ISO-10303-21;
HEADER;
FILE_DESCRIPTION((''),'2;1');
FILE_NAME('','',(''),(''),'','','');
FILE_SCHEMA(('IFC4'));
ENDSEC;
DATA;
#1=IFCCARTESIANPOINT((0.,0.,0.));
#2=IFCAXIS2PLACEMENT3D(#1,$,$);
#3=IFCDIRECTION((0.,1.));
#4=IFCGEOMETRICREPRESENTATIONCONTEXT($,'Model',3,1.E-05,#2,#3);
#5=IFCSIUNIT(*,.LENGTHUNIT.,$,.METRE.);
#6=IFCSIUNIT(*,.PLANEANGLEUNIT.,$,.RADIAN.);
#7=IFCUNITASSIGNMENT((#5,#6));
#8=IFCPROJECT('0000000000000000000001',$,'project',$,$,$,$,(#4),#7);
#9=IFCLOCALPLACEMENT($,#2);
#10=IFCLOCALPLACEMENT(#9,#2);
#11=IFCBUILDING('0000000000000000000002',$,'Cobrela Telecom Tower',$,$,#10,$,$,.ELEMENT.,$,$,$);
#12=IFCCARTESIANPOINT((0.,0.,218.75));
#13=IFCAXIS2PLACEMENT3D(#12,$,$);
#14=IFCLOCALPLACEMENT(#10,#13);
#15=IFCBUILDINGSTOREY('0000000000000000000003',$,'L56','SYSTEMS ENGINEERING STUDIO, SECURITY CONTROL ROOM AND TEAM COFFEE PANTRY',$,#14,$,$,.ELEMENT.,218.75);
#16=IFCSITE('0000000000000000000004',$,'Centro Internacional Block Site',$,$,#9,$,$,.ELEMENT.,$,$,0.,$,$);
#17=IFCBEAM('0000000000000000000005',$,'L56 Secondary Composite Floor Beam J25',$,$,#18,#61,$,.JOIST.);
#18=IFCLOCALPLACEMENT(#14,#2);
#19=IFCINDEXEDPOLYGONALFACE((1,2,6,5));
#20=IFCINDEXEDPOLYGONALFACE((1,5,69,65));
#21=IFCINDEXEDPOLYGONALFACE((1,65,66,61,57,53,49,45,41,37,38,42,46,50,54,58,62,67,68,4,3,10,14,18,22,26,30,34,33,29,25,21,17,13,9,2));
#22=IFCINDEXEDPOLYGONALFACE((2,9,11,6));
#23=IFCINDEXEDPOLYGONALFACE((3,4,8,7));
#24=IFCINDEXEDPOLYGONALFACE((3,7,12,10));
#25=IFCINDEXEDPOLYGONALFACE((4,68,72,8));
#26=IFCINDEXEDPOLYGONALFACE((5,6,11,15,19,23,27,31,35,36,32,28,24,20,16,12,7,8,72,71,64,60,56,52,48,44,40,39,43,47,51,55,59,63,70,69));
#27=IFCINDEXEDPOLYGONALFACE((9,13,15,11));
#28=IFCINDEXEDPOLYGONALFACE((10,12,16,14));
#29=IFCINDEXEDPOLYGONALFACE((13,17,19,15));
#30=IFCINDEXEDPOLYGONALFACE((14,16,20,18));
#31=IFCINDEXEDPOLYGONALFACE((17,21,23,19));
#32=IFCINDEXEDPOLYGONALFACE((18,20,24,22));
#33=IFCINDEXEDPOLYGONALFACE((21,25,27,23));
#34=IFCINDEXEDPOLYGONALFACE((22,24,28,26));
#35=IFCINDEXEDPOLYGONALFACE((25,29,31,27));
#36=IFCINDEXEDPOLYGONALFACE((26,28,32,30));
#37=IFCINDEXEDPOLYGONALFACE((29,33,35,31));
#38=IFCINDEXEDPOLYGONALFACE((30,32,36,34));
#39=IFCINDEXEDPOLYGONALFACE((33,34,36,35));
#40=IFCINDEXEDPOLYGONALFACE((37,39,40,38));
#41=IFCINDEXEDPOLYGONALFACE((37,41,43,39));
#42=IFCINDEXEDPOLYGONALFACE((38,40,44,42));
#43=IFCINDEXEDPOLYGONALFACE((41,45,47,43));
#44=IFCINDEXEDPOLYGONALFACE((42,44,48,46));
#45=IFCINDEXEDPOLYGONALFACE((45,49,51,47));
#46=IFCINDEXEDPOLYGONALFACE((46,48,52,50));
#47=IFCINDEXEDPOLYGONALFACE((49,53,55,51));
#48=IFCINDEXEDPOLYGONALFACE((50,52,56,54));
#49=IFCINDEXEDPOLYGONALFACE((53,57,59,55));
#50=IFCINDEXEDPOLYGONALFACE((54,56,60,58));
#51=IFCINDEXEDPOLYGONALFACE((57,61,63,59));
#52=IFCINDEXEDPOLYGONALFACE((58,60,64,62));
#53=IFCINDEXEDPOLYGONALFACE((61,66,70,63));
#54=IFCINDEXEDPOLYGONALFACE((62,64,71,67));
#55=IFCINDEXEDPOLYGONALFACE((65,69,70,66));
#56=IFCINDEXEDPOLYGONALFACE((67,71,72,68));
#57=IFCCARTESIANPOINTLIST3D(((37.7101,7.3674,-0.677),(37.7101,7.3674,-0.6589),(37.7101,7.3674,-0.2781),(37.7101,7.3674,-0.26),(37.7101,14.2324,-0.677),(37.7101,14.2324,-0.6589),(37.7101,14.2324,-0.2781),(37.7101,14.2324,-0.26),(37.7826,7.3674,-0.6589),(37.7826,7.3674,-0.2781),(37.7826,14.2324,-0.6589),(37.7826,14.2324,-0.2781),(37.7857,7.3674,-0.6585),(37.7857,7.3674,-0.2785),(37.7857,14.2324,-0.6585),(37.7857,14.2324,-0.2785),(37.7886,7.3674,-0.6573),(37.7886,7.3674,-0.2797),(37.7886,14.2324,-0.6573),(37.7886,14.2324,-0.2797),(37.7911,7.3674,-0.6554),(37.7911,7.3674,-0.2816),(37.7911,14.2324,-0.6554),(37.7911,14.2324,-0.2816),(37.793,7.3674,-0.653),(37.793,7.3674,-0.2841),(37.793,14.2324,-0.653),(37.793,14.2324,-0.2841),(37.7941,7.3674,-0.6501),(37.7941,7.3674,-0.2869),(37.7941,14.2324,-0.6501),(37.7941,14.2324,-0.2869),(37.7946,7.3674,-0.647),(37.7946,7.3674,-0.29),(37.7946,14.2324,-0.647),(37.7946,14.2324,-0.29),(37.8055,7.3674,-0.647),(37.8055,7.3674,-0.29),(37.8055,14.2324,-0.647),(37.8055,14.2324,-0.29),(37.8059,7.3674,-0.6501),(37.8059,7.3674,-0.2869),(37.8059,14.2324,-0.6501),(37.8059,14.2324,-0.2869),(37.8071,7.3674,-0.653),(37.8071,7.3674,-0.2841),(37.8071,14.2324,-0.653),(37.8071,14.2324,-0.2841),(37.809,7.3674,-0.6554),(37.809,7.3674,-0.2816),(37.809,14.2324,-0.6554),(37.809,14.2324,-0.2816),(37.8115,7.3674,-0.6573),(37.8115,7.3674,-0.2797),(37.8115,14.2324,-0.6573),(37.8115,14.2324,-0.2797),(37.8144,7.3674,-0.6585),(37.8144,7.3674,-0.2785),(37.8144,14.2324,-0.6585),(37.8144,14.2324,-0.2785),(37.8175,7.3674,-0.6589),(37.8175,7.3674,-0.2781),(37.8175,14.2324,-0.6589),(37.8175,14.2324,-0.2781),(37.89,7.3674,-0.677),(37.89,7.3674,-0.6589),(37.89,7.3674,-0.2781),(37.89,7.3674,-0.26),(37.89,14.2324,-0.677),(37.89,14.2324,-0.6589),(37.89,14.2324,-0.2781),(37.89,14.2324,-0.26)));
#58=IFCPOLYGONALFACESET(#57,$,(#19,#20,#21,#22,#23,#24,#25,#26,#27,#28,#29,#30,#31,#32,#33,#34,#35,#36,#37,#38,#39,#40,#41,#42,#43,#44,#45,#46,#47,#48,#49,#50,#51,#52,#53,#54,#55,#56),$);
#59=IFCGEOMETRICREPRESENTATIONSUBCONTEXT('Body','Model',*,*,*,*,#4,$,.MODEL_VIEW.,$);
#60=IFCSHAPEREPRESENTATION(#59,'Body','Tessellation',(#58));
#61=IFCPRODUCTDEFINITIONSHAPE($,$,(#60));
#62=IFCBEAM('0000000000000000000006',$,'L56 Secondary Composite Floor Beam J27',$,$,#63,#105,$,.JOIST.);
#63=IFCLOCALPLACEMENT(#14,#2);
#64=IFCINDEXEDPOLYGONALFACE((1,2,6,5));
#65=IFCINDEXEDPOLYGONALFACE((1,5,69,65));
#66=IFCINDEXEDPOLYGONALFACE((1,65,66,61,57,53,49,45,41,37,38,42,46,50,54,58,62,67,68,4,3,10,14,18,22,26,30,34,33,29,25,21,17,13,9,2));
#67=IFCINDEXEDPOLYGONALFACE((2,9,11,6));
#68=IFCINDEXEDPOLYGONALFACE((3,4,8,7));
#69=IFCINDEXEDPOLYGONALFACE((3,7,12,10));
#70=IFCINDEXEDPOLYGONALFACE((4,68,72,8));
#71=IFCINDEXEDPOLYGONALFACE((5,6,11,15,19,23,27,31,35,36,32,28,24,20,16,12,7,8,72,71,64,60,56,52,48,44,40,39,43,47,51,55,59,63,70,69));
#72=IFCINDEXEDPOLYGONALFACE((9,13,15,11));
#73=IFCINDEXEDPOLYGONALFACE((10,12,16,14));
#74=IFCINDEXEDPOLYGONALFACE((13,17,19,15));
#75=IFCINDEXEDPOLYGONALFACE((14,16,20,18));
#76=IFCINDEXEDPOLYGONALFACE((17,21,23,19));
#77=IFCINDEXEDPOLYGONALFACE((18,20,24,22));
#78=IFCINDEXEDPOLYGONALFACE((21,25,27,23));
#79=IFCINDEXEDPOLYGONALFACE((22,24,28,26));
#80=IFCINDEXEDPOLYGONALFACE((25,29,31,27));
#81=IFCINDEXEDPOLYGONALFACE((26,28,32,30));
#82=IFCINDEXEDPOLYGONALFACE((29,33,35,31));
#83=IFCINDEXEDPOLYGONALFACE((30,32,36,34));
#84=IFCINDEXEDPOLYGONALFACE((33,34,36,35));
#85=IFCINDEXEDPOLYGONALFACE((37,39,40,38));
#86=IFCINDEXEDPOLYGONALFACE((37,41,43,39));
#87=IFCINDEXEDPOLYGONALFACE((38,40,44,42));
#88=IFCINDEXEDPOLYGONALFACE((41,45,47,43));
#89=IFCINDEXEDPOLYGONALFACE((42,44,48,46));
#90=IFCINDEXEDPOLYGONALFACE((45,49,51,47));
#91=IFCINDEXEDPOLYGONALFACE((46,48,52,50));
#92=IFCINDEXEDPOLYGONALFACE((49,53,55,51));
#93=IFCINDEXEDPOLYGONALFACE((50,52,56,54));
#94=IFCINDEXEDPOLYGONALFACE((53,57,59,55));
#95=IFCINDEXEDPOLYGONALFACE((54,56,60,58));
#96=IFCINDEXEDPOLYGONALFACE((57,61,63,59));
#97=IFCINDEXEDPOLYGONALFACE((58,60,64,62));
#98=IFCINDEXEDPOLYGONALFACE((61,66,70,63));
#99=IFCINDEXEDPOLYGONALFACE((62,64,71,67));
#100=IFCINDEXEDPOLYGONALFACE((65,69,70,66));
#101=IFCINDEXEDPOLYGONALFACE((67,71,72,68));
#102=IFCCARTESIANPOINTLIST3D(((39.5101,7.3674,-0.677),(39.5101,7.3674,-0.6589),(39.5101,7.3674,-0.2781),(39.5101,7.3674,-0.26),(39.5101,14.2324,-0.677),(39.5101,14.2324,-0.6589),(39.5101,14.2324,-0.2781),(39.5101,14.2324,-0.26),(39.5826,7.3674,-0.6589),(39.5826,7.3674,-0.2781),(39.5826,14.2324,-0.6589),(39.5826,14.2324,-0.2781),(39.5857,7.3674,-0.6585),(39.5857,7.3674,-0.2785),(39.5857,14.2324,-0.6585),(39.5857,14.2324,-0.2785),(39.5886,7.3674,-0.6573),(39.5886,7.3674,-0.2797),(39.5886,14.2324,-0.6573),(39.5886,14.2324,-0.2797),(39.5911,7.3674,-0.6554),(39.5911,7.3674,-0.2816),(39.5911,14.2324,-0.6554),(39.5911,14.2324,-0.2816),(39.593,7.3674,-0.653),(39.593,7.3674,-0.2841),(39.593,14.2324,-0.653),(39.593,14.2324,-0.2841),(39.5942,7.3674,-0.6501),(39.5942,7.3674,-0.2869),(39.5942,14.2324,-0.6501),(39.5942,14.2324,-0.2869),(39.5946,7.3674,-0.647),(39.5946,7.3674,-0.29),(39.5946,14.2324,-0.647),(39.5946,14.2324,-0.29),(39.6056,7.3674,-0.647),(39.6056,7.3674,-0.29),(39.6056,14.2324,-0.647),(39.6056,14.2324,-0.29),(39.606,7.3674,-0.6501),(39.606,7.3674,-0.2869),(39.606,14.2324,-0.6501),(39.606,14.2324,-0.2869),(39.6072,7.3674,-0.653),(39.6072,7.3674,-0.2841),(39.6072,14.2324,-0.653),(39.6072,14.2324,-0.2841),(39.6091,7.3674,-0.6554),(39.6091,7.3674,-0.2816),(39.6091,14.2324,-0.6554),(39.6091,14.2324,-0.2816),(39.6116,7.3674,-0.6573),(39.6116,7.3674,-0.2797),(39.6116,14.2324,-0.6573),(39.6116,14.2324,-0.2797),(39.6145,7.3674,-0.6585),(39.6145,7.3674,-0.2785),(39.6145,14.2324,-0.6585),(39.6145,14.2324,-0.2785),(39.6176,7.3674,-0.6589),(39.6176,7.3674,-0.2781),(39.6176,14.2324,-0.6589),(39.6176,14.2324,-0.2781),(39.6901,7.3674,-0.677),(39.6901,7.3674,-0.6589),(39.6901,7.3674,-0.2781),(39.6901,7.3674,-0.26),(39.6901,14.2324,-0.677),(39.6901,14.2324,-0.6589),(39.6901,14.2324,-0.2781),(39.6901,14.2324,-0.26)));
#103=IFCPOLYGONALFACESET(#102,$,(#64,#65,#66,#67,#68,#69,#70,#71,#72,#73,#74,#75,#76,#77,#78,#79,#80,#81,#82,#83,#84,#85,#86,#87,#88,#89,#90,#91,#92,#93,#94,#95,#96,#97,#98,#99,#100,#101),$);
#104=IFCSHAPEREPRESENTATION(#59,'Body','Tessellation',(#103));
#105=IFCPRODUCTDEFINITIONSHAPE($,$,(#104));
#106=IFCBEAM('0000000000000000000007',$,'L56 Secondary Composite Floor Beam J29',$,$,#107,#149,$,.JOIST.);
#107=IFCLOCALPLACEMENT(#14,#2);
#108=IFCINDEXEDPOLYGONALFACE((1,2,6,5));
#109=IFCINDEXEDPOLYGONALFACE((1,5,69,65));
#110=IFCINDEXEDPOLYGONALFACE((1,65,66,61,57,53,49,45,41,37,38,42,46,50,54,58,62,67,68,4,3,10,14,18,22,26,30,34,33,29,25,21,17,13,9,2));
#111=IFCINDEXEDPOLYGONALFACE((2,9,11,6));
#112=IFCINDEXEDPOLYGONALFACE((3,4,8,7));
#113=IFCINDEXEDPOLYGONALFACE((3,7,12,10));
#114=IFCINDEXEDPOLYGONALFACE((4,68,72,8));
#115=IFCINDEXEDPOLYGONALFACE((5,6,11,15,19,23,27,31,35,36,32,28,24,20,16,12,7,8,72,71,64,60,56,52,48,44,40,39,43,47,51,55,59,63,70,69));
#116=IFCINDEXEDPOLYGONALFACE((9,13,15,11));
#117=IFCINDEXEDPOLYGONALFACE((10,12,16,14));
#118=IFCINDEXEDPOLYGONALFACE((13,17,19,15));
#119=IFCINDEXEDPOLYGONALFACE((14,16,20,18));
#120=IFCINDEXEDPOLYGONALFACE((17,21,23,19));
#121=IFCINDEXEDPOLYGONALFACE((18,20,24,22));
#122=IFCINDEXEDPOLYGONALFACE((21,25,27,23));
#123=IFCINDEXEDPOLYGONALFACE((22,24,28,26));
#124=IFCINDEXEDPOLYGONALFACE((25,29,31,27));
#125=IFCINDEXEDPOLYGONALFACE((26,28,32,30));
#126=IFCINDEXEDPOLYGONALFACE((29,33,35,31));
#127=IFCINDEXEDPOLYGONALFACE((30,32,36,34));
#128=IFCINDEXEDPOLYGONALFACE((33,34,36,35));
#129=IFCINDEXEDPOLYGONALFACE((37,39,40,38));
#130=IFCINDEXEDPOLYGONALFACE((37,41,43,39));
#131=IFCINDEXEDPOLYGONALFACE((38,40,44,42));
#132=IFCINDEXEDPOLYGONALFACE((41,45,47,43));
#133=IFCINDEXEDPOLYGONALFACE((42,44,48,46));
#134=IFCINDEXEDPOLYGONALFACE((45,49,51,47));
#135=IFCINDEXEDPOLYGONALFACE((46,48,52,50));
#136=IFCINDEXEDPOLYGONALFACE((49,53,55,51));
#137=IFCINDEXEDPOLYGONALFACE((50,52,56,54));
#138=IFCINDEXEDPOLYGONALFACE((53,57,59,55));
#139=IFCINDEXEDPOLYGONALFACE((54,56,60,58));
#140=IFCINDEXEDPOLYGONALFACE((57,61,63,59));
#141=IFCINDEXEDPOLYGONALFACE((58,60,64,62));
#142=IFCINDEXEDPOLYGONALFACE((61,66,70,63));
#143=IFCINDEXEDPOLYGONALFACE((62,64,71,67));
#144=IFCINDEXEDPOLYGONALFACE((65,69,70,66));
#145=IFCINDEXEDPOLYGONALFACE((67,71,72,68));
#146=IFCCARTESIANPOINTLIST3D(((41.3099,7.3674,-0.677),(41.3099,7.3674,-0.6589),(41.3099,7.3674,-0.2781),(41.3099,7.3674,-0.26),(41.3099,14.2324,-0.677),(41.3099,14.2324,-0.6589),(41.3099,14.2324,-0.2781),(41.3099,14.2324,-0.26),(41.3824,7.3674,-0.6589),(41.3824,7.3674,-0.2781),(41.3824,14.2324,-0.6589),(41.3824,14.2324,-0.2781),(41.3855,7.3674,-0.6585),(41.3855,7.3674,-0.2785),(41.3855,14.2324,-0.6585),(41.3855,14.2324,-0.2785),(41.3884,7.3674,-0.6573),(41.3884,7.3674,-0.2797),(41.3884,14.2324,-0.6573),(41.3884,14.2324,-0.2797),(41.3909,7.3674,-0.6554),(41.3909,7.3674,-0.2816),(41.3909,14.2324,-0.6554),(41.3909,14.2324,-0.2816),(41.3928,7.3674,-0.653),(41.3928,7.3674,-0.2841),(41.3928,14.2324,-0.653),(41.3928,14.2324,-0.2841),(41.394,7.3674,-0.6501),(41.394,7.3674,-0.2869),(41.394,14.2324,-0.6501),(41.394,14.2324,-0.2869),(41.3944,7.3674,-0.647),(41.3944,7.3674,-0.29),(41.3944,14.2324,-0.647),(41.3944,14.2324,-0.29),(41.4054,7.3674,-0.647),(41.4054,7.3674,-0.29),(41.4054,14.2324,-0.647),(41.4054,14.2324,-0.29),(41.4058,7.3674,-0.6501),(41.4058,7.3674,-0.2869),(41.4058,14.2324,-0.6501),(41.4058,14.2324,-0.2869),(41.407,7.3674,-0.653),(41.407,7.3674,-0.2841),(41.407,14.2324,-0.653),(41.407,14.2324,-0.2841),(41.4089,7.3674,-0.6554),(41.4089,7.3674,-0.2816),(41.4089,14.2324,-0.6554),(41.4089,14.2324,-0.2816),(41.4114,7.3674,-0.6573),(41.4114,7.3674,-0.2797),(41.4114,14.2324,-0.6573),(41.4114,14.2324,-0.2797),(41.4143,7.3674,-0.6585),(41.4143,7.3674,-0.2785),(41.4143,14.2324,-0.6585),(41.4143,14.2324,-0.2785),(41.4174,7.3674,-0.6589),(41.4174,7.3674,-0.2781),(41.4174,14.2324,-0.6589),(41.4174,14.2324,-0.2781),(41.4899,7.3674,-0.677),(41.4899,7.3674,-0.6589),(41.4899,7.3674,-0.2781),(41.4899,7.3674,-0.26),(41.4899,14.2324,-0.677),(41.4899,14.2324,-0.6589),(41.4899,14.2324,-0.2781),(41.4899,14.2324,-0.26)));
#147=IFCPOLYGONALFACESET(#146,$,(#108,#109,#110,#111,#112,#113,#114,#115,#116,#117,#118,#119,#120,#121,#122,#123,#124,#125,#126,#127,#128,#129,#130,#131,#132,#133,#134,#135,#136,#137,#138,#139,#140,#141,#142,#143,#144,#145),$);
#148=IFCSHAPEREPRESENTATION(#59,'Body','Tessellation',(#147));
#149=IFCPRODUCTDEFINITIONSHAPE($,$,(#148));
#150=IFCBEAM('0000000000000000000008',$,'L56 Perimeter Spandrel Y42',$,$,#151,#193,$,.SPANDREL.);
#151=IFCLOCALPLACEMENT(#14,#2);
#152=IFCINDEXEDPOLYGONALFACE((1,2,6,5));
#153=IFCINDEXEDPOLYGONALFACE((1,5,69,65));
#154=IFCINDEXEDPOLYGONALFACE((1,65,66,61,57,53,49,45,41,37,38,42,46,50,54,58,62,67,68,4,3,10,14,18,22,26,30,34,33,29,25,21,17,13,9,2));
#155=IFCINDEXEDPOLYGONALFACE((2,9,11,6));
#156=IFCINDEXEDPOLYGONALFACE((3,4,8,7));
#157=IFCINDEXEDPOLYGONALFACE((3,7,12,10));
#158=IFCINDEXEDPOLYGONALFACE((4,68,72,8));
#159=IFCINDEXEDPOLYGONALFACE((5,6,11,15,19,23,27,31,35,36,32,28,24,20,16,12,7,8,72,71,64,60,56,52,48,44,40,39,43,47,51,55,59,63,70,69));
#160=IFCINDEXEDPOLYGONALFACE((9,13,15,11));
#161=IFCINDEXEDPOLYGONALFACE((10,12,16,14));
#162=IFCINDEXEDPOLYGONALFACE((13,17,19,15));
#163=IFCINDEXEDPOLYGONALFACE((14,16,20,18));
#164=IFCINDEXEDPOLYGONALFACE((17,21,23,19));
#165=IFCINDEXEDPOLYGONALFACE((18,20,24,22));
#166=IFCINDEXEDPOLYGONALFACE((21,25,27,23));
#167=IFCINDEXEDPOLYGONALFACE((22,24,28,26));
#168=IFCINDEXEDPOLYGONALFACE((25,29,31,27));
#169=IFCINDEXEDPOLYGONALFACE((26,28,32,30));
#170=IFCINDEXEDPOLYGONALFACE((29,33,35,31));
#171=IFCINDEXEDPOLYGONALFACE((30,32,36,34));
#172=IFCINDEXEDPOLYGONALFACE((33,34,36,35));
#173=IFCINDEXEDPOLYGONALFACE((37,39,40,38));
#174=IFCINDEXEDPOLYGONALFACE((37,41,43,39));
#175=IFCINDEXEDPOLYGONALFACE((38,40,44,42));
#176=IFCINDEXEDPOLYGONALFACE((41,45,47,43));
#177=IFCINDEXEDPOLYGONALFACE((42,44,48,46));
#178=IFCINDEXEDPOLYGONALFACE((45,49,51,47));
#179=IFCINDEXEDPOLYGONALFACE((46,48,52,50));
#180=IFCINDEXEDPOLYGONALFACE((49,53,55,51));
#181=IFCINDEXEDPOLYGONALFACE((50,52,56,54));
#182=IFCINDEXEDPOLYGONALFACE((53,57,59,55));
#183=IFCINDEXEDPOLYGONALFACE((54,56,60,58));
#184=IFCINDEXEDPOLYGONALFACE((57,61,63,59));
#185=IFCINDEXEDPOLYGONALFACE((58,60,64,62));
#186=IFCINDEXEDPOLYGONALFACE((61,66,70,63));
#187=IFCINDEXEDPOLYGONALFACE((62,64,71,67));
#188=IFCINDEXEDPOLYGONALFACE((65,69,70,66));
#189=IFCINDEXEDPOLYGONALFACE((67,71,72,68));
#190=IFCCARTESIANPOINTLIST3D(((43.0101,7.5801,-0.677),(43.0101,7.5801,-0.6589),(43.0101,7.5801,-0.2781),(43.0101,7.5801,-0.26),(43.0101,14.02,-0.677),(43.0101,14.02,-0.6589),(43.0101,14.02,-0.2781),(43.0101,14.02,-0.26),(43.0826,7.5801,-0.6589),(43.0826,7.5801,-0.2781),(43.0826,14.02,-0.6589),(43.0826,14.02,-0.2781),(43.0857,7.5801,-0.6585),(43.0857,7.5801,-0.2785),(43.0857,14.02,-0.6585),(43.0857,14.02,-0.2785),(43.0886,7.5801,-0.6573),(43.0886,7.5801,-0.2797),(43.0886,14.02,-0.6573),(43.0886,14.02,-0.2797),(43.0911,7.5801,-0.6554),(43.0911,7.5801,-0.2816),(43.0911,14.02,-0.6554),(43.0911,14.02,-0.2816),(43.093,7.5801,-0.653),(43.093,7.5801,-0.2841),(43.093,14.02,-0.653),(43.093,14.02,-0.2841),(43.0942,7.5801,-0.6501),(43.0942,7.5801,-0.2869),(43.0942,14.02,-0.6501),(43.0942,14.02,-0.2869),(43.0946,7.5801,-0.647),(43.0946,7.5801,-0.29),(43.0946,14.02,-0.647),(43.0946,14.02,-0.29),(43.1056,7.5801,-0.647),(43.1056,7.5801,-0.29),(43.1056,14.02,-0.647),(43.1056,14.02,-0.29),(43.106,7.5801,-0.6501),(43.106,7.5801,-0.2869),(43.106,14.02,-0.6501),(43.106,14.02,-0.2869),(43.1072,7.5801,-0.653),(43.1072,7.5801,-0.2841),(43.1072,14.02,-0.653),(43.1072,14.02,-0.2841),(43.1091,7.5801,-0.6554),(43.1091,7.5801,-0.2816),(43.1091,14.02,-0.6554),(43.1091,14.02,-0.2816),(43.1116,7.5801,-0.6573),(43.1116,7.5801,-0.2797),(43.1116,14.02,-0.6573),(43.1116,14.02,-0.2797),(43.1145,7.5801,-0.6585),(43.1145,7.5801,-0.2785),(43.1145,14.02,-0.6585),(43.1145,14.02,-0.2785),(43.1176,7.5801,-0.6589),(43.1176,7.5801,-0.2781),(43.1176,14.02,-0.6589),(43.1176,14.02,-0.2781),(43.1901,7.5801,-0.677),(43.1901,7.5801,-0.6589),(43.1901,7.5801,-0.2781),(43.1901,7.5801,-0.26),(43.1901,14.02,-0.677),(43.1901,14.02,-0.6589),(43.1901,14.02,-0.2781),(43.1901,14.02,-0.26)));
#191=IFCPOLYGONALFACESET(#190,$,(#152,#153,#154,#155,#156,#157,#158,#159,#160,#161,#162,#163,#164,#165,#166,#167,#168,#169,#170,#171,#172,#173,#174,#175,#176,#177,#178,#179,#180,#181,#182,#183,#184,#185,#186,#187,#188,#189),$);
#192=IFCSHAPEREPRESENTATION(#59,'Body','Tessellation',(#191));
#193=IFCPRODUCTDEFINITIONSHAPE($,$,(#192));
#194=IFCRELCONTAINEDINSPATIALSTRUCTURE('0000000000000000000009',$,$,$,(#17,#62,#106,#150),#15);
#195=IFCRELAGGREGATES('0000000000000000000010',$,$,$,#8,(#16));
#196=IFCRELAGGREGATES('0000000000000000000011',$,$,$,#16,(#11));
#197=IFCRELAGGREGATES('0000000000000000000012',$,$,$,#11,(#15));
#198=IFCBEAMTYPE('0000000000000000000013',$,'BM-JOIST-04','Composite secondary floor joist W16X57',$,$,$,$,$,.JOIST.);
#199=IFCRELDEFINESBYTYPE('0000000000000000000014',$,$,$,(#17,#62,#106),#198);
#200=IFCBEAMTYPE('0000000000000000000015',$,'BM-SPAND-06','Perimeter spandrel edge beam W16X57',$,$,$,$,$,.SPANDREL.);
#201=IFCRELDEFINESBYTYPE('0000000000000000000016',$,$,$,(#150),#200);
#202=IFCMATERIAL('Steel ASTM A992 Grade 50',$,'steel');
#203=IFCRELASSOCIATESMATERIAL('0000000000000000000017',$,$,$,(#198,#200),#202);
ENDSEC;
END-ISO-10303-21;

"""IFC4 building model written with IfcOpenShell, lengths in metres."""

from ifc_helpers import new_model, si_unit, direction, frame, origin, origin_2d, place, context, subcontext, project, spatial, i_section, extrude, material, material_profile, profile_set, type_object, element, save


model = new_model("IFC4")

# Units and contexts
model_context = context("Model", 3, precision=1e-05, world=origin(), true_north=direction((0.0, 1.0)))
body_context = subcontext(model_context, "Body", "Model", "MODEL_VIEW")
ifc_project = project(units=[si_unit("LENGTHUNIT", "METRE"), si_unit("PLANEANGLEUNIT", "RADIAN")], contexts=[model_context])

# Site, building, storey
site_placement = place(None, origin())
site = spatial("IfcSite", under=ifc_project, at=site_placement, Name="Centro Internacional Block Site", CompositionType="ELEMENT", RefElevation=0.0)
building_placement = place(site_placement, origin())
building = spatial("IfcBuilding", under=site, at=building_placement, Name="Cobrela Telecom Tower", CompositionType="ELEMENT")
storey_placement = place(building_placement, frame((0.0, 0.0, 218.75)))
storey = spatial("IfcBuildingStorey", under=building, at=storey_placement, Name="L56", Description="SYSTEMS ENGINEERING STUDIO, SECURITY CONTROL ROOM AND TEAM COFFEE PANTRY", CompositionType="ELEMENT", Elevation=218.75)

# Shared definitions
ifc_material_1 = material(Name="Steel ASTM A992 Grade 50", Category="steel")

# Beams
ifc_material_profile_1 = material_profile(ifc_material_1, i_section(OverallWidth=0.1799, OverallDepth=0.417, WebThickness=0.011, FlangeThickness=0.0181, FilletRadius=0.012, at=origin_2d()), Name="W16X57")
ifc_profile_set_1 = profile_set([ifc_material_profile_1], Name="Steel ASTM A992 Grade 50")
beam_type_1 = type_object("IfcBeamType", Name="BM-JOIST-04", Description="Composite secondary floor joist W16X57", PredefinedType="JOIST", material=ifc_profile_set_1)
for number, where, z_axis, x_axis, name in (
    (1, (37.8, 7.3674, -0.4685), (0.0, 1.0, 0.0), (-1.0, 0.0, 0.0), "L56 Secondary Composite Floor Beam J25"),
    (2, (39.6001, 7.3674, -0.4685), (0.0, 1.0, 0.0), (-1.0, 0.0, 0.0), "L56 Secondary Composite Floor Beam J27"),
    (3, (41.3999, 7.3674, -0.4685), (0.0, 1.0, 0.0), (-1.0, 0.0, 0.0), "L56 Secondary Composite Floor Beam J29"),
):
    element("IfcBeam", number, at=place(storey_placement, frame(where, z_axis=z_axis, x_axis=x_axis)), inside=storey, type_object=beam_type_1, Name=name, PredefinedType="JOIST", context=body_context, shape_type="SweptSolid", body=[
        extrude(i_section(OverallWidth=0.1799, OverallDepth=0.417, WebThickness=0.011, FlangeThickness=0.0181, FilletRadius=0.012, at=origin_2d()), origin(), (0.0, 0.0, 1.0), 6.865),
    ])
ifc_material_profile_2 = material_profile(ifc_material_1, i_section(OverallWidth=0.1799, OverallDepth=0.417, WebThickness=0.011, FlangeThickness=0.0181, FilletRadius=0.012, at=origin_2d()), Name="W16X57")
ifc_profile_set_2 = profile_set([ifc_material_profile_2], Name="Steel ASTM A992 Grade 50")
beam_type_2 = type_object("IfcBeamType", Name="BM-SPAND-06", Description="Perimeter spandrel edge beam W16X57", PredefinedType="SPANDREL", material=ifc_profile_set_2)
beam_1_placement = place(storey_placement, frame((43.1001, 7.5801, -0.4685), z_axis=(0.0, 1.0, 0.0), x_axis=(-1.0, 0.0, 0.0)))
element("IfcBeam", 4, at=beam_1_placement, inside=storey, type_object=beam_type_2, Name="L56 Perimeter Spandrel Y42", PredefinedType="SPANDREL", context=body_context, shape_type="SweptSolid", body=[
    extrude(i_section(OverallWidth=0.1799, OverallDepth=0.417, WebThickness=0.011, FlangeThickness=0.0181, FilletRadius=0.012, at=origin_2d()), origin(), (0.0, 0.0, 1.0), 6.4399),
])

save(model, "model.ifc")
